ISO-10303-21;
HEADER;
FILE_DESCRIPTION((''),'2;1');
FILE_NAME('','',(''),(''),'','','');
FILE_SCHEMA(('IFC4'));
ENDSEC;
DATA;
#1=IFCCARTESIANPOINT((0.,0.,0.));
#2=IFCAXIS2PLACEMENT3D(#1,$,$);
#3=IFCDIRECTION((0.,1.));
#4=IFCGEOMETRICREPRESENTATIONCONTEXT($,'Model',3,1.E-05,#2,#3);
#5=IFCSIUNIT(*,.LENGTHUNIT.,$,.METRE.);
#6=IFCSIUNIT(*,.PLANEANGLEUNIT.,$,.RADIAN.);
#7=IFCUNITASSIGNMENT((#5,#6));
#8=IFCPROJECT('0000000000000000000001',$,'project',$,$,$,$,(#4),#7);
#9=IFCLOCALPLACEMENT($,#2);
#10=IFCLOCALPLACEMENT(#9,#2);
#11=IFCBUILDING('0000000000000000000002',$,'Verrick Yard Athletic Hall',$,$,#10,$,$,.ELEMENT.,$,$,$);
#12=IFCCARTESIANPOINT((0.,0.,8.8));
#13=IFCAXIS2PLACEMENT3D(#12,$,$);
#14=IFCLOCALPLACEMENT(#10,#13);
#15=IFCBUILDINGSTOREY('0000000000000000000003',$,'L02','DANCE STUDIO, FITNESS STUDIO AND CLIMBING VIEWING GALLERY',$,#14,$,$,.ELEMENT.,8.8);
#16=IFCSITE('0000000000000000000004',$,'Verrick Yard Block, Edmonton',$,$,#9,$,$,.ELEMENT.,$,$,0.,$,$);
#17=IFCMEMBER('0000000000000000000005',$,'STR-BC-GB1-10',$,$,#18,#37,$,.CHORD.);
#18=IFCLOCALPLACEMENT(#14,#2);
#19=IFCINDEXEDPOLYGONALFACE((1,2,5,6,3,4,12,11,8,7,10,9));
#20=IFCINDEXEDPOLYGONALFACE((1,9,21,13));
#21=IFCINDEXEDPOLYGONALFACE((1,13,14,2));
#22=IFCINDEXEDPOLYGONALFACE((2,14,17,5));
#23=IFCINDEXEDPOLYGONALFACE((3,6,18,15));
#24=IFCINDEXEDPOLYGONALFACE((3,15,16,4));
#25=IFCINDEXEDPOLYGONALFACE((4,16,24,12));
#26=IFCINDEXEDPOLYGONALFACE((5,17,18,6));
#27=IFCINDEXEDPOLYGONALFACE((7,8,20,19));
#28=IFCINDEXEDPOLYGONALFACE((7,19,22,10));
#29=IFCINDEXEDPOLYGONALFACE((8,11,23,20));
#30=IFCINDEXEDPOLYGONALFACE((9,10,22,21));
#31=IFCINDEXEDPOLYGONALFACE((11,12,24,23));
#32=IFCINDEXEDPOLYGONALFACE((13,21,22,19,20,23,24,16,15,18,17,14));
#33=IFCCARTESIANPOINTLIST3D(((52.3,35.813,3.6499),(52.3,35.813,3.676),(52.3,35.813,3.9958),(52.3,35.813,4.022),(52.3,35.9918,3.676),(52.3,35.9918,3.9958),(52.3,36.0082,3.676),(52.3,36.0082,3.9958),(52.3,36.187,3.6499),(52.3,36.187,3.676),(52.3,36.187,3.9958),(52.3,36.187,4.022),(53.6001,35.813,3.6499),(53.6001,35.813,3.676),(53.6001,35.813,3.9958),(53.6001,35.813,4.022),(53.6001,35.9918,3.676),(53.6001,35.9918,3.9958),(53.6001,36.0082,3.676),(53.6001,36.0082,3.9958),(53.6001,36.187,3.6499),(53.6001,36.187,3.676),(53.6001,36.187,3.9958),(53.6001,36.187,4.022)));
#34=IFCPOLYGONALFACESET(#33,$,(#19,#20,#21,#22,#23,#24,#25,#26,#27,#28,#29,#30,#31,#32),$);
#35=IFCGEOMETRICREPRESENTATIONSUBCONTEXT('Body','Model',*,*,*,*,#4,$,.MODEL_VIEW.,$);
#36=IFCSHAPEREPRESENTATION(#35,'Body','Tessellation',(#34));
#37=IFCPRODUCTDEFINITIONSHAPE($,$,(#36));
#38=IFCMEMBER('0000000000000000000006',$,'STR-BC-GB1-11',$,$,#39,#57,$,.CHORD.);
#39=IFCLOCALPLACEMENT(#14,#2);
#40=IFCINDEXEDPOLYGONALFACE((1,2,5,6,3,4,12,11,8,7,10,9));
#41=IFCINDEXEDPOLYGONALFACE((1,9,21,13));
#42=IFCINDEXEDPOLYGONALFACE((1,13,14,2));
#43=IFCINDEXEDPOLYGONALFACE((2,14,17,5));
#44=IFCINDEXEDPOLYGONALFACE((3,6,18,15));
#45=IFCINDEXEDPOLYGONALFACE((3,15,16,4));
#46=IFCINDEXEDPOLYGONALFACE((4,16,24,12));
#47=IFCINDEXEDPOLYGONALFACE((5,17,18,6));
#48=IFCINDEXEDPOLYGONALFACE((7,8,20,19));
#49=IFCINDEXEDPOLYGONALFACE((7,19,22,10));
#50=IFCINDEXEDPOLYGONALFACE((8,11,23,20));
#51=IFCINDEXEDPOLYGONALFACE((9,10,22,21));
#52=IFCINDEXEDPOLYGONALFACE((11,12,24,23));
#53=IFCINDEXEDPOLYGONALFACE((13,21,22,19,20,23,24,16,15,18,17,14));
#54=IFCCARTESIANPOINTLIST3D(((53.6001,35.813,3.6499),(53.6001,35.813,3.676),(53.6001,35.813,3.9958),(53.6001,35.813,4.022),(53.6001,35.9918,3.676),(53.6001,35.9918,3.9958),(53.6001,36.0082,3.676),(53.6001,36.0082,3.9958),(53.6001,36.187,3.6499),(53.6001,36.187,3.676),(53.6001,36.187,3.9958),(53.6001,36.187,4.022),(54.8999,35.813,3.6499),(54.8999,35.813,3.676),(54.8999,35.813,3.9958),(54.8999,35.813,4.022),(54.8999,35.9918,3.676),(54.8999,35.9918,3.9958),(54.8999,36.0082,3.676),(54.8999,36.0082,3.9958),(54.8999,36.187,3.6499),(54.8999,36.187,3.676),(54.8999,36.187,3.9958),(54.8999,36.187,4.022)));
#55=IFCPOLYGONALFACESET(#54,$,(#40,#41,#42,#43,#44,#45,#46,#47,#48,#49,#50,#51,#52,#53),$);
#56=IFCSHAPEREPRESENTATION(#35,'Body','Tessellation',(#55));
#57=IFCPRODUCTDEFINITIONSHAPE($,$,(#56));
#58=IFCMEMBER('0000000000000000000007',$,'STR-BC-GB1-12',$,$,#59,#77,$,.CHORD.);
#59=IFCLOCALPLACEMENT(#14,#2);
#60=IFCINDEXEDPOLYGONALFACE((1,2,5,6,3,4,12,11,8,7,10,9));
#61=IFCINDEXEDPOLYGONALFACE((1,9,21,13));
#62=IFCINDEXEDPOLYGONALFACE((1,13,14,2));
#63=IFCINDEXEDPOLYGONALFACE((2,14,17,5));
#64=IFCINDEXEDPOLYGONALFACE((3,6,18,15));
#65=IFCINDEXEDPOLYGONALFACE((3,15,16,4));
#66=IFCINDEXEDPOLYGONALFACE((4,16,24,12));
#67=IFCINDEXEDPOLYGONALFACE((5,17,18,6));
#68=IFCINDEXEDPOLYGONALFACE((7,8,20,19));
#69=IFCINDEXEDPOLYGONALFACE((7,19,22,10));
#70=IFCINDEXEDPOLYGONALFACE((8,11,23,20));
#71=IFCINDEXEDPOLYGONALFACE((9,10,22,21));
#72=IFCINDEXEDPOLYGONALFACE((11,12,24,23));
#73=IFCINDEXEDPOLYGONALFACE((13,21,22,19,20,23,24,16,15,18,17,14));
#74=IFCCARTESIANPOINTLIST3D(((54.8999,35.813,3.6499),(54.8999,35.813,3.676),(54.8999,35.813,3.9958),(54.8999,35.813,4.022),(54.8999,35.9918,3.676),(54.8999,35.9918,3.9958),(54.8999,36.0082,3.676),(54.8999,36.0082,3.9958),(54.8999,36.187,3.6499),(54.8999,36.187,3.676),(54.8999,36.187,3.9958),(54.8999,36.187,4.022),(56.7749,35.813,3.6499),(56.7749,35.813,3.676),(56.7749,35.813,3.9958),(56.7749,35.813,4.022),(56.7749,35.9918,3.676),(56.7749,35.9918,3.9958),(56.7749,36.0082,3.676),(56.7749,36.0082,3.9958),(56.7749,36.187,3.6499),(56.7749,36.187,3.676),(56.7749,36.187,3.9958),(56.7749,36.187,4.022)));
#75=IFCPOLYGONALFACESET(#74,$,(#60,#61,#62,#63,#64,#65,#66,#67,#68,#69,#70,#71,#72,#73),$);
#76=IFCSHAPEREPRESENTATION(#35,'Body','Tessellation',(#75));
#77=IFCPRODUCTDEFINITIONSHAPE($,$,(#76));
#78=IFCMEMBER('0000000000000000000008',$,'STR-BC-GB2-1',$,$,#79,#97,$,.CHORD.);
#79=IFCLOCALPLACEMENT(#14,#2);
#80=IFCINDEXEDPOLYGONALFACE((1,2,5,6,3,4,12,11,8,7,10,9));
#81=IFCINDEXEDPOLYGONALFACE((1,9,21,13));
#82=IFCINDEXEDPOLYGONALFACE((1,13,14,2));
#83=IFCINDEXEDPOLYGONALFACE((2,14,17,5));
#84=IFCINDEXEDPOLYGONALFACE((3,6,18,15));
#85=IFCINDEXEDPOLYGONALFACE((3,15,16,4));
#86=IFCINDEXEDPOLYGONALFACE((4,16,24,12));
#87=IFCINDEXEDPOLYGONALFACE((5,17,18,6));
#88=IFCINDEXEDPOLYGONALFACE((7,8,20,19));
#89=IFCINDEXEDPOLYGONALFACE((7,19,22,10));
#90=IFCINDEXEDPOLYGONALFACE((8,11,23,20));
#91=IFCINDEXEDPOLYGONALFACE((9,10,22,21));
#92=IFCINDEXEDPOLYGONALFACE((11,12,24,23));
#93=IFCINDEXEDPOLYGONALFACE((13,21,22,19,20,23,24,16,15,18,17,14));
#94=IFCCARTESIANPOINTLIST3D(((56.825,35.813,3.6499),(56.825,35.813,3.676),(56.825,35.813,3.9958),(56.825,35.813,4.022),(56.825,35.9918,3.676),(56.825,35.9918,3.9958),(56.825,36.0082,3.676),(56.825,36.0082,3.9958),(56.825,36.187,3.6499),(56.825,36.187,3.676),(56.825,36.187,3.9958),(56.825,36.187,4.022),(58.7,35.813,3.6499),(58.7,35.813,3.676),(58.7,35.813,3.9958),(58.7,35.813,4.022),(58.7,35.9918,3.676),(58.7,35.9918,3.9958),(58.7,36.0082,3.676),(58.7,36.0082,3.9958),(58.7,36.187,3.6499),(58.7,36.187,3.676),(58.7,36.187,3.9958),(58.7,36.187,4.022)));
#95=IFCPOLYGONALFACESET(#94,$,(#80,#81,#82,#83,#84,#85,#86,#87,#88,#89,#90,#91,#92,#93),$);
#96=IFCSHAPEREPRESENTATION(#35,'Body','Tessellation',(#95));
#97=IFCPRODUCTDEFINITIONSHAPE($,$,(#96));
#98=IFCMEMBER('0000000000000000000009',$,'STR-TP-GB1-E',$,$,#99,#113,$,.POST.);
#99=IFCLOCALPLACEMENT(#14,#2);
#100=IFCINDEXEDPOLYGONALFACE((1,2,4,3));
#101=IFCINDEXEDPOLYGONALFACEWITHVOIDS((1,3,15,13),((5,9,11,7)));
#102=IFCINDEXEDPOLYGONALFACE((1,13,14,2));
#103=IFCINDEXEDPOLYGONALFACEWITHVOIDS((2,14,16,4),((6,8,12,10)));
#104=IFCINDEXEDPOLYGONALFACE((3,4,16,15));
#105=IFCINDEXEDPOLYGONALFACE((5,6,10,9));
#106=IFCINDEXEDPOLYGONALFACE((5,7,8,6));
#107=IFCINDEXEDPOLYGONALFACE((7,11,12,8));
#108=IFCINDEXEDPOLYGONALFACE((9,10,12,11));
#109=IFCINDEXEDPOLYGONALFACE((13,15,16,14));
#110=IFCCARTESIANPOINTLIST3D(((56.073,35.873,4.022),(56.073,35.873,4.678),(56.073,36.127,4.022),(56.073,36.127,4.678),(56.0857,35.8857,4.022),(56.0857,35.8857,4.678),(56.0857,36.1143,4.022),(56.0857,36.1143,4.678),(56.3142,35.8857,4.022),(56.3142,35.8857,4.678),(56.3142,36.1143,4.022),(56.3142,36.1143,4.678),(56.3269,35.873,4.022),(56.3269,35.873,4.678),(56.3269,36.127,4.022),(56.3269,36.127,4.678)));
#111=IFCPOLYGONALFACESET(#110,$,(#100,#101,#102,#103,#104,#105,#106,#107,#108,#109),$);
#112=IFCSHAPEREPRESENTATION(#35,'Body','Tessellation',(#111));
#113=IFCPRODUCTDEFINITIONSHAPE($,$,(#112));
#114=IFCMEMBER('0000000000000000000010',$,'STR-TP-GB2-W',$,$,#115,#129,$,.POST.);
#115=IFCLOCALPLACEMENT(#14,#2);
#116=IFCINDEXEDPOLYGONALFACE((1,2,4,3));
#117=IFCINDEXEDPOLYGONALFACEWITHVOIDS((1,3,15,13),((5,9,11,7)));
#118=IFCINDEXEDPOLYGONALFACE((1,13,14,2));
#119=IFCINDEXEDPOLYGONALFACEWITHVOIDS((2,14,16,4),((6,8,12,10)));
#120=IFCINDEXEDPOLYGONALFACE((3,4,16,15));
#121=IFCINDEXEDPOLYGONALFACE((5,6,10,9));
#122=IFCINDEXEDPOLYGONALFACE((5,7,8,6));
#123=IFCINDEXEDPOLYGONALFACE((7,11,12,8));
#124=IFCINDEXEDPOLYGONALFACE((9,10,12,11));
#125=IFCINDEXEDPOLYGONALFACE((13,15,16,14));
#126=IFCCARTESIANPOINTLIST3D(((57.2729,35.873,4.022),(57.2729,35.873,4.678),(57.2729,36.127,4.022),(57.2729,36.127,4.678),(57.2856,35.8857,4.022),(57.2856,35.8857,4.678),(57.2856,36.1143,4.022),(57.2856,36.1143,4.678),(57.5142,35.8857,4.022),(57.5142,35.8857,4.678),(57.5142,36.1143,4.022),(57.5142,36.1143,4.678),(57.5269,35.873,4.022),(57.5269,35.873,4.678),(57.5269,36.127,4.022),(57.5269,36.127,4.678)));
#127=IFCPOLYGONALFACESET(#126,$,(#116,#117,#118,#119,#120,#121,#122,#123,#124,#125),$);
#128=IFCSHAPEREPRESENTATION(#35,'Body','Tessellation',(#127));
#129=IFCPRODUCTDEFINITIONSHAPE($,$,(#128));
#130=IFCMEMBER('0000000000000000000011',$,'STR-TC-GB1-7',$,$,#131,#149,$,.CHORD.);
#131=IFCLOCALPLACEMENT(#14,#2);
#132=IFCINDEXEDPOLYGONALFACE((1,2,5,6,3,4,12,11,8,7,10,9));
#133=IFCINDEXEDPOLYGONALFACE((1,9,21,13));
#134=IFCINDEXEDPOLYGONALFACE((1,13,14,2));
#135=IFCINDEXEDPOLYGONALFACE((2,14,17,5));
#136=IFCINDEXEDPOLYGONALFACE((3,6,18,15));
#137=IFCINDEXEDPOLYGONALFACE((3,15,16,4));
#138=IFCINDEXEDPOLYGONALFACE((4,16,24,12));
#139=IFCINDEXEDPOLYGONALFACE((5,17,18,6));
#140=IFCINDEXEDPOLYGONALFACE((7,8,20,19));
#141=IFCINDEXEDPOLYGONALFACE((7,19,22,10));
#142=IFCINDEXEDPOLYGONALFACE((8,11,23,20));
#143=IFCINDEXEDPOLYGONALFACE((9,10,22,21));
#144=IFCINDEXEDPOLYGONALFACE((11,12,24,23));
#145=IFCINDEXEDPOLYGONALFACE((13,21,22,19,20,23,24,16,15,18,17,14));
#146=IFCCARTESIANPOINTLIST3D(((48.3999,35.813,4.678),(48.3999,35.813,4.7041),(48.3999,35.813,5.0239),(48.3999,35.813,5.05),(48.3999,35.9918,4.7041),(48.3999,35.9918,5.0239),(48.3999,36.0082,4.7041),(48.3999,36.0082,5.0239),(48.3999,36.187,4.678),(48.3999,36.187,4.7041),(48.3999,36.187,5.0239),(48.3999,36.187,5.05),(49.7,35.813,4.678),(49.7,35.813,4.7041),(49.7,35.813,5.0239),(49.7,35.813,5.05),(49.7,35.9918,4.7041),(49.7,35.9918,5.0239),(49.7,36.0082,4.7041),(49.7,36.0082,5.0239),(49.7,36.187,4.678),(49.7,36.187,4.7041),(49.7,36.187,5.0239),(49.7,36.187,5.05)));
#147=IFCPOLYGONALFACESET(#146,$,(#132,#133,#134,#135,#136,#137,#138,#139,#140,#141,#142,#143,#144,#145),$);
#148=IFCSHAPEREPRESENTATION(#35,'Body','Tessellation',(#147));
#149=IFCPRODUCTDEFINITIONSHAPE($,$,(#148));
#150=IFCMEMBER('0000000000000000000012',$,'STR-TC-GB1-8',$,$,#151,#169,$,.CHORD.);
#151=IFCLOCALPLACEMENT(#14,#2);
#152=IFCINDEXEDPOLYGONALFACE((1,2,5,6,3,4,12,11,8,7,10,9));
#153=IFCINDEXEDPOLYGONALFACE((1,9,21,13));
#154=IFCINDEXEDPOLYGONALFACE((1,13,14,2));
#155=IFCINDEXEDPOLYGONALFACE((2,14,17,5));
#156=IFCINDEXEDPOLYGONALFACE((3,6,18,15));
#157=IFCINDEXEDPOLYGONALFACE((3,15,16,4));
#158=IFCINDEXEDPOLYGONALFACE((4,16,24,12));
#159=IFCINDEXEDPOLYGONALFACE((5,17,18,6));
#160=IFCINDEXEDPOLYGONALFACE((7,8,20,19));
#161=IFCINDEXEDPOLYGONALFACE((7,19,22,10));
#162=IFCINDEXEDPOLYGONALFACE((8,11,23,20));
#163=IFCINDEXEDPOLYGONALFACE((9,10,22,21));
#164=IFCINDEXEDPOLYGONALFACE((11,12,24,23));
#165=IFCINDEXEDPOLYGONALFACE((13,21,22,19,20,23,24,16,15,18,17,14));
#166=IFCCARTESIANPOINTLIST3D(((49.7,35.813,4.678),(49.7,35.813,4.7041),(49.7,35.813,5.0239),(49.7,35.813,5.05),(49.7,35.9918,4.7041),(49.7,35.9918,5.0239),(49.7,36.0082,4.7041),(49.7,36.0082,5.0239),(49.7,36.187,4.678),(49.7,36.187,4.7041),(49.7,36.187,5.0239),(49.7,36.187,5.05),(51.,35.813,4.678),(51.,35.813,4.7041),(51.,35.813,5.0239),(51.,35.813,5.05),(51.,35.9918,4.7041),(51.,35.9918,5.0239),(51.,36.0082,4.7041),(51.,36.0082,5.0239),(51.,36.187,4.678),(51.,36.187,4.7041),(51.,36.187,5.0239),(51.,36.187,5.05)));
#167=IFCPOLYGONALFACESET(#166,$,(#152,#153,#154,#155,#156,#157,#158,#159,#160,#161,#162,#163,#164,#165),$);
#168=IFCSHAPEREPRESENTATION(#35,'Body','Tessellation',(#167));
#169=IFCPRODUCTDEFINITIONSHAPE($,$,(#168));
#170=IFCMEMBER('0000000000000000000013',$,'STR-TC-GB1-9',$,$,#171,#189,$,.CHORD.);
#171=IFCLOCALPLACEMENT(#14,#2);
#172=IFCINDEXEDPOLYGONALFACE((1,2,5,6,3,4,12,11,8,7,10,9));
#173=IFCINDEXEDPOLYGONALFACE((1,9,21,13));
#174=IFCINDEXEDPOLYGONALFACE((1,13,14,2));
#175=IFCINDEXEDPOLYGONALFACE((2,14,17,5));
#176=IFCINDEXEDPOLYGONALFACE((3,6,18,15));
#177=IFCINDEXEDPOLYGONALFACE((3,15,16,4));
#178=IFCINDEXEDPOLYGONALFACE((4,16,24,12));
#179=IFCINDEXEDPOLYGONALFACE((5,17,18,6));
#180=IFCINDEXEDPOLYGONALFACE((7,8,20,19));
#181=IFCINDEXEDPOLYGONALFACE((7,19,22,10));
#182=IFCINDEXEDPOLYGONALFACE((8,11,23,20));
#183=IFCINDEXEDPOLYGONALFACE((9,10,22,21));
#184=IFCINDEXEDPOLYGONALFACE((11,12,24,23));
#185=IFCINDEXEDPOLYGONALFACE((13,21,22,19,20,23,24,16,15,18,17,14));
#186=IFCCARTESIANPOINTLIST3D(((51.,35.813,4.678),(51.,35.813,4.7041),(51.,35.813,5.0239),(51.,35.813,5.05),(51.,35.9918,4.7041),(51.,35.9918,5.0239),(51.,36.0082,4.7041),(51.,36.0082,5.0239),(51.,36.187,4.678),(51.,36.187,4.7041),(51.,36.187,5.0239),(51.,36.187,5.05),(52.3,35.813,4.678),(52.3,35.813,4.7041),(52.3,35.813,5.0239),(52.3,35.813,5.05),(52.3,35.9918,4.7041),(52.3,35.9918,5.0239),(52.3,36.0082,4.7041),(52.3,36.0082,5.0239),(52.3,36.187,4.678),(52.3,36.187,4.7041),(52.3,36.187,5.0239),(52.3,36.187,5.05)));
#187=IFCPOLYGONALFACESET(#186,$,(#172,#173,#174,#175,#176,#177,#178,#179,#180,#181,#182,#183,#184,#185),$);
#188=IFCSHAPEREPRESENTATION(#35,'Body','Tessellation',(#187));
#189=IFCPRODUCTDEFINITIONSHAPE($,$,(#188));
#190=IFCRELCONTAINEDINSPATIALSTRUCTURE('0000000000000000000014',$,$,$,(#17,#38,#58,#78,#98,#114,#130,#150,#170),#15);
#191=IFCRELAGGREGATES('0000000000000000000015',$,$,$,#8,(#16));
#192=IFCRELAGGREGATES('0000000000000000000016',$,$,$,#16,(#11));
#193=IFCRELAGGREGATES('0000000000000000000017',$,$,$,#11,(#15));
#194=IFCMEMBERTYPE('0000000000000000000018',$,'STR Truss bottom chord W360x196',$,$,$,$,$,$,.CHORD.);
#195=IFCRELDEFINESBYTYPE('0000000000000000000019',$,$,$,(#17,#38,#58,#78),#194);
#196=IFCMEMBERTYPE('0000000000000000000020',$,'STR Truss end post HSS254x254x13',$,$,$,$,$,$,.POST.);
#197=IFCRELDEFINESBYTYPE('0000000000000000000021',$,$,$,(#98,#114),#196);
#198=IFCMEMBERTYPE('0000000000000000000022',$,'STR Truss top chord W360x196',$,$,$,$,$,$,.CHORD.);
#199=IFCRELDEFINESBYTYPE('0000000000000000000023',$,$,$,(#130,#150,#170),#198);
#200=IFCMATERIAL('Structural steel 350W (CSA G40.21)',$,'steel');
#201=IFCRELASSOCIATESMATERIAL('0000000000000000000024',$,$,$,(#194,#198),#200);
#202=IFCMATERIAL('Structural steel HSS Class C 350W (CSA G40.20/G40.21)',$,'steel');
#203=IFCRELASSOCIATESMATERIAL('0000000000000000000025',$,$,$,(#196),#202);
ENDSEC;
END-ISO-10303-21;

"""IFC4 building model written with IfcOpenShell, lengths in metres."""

from ifc_helpers import new_model, si_unit, direction, frame, origin, origin_2d, place, context, subcontext, project, spatial, hollow_rectangle, i_section, extrude, material, material_profile, profile_set, type_object, element, save


model = new_model("IFC4")

# Units and contexts
model_context = context("Model", 3, precision=1e-05, world=origin(), true_north=direction((0.0, 1.0)))
body_context = subcontext(model_context, "Body", "Model", "MODEL_VIEW")
ifc_project = project(units=[si_unit("LENGTHUNIT", "METRE"), si_unit("PLANEANGLEUNIT", "RADIAN")], contexts=[model_context])

# Site, building, storey
site_placement = place(None, origin())
site = spatial("IfcSite", under=ifc_project, at=site_placement, Name="Verrick Yard Block, Edmonton", CompositionType="ELEMENT", RefElevation=0.0)
building_placement = place(site_placement, origin())
building = spatial("IfcBuilding", under=site, at=building_placement, Name="Verrick Yard Athletic Hall", CompositionType="ELEMENT")
storey_placement = place(building_placement, frame((0.0, 0.0, 8.8)))
storey = spatial("IfcBuildingStorey", under=building, at=storey_placement, Name="L02", Description="DANCE STUDIO, FITNESS STUDIO AND CLIMBING VIEWING GALLERY", CompositionType="ELEMENT", Elevation=8.8)

# Shared definitions
ifc_material_1 = material(Name="Structural steel 350W (CSA G40.21)", Category="steel")

# Members
ifc_material_profile_1 = material_profile(ifc_material_1, i_section(OverallWidth=0.374, OverallDepth=0.3721, WebThickness=0.0164, FlangeThickness=0.0261, at=origin_2d()), Name="W360x196")
ifc_profile_set_1 = profile_set([ifc_material_profile_1], Name="Structural steel 350W (CSA G40.21)")
member_type_1 = type_object("IfcMemberType", Name="STR Truss bottom chord W360x196", PredefinedType="CHORD", material=ifc_profile_set_1)
for number, where, z_axis, x_axis, name in (
    (1, (52.3, 36.0, 3.8359), (1.0, 0.0, 0.0), (0.0, 1.0, 0.0), "STR-BC-GB1-10"),
):
    element("IfcMember", number, at=place(storey_placement, frame(where, z_axis=z_axis, x_axis=x_axis)), inside=storey, type_object=member_type_1, Name=name, PredefinedType="CHORD", context=body_context, shape_type="SweptSolid", body=[
        extrude(i_section(OverallWidth=0.374, OverallDepth=0.3721, WebThickness=0.0164, FlangeThickness=0.0261, at=origin_2d()), origin(), (0.0, 0.0, 1.0), 1.3),
    ])
member_1_placement = place(storey_placement, frame((53.6001, 36.0, 3.8359), z_axis=(1.0, 0.0, 0.0), x_axis=(0.0, 1.0, 0.0)))
element("IfcMember", 2, at=member_1_placement, inside=storey, type_object=member_type_1, Name="STR-BC-GB1-11", PredefinedType="CHORD", context=body_context, shape_type="SweptSolid", body=[
    extrude(i_section(OverallWidth=0.374, OverallDepth=0.3721, WebThickness=0.0164, FlangeThickness=0.0261, at=origin_2d()), origin(), (0.0, 0.0, 1.0), 1.2998),
])
for number, where, z_axis, x_axis, name in (
    (3, (54.8999, 36.0, 3.8359), (1.0, 0.0, 0.0), (0.0, 1.0, 0.0), "STR-BC-GB1-12"),
    (4, (56.825, 36.0, 3.8359), (1.0, 0.0, 0.0), (0.0, 1.0, 0.0), "STR-BC-GB2-1"),
):
    element("IfcMember", number, at=place(storey_placement, frame(where, z_axis=z_axis, x_axis=x_axis)), inside=storey, type_object=member_type_1, Name=name, PredefinedType="CHORD", context=body_context, shape_type="SweptSolid", body=[
        extrude(i_section(OverallWidth=0.374, OverallDepth=0.3721, WebThickness=0.0164, FlangeThickness=0.0261, at=origin_2d()), origin(), (0.0, 0.0, 1.0), 1.875),
    ])
ifc_material_2 = material(Name="Structural steel HSS Class C 350W (CSA G40.20/G40.21)", Category="steel")
ifc_material_profile_2 = material_profile(ifc_material_2, hollow_rectangle(XDim=0.2539, YDim=0.2539, WallThickness=0.0127, at=origin_2d()), Name="HSS254x254x13")
ifc_profile_set_2 = profile_set([ifc_material_profile_2], Name="Structural steel HSS Class C 350W (CSA G40.20/G40.21)")
member_type_2 = type_object("IfcMemberType", Name="STR Truss end post HSS254x254x13", PredefinedType="POST", material=ifc_profile_set_2)
for number, where, z_axis, x_axis, name in (
    (5, (56.2, 36.0, 4.022), (0.0, 0.0, 1.0), (1.0, 0.0, 0.0), "STR-TP-GB1-E"),
    (6, (57.3999, 36.0, 4.022), (0.0, 0.0, 1.0), (1.0, 0.0, 0.0), "STR-TP-GB2-W"),
):
    element("IfcMember", number, at=place(storey_placement, frame(where, z_axis=z_axis, x_axis=x_axis)), inside=storey, type_object=member_type_2, Name=name, PredefinedType="POST", context=body_context, shape_type="SweptSolid", body=[
        extrude(hollow_rectangle(XDim=0.2539, YDim=0.2539, WallThickness=0.0127, at=origin_2d()), origin(), (0.0, 0.0, 1.0), 0.656),
    ])
ifc_material_profile_3 = material_profile(ifc_material_1, i_section(OverallWidth=0.374, OverallDepth=0.3721, WebThickness=0.0164, FlangeThickness=0.0261, at=origin_2d()), Name="W360x196")
ifc_profile_set_3 = profile_set([ifc_material_profile_3], Name="Structural steel 350W (CSA G40.21)")
member_type_3 = type_object("IfcMemberType", Name="STR Truss top chord W360x196", PredefinedType="CHORD", material=ifc_profile_set_3)
for number, where, z_axis, x_axis, name in (
    (7, (48.3999, 36.0, 4.864), (1.0, 0.0, 0.0), (0.0, 1.0, 0.0), "STR-TC-GB1-7"),
    (8, (49.7, 36.0, 4.864), (1.0, 0.0, 0.0), (0.0, 1.0, 0.0), "STR-TC-GB1-8"),
    (9, (51.0, 36.0, 4.864), (1.0, 0.0, 0.0), (0.0, 1.0, 0.0), "STR-TC-GB1-9"),
):
    element("IfcMember", number, at=place(storey_placement, frame(where, z_axis=z_axis, x_axis=x_axis)), inside=storey, type_object=member_type_3, Name=name, PredefinedType="CHORD", context=body_context, shape_type="SweptSolid", body=[
        extrude(i_section(OverallWidth=0.374, OverallDepth=0.3721, WebThickness=0.0164, FlangeThickness=0.0261, at=origin_2d()), origin(), (0.0, 0.0, 1.0), 1.3),
    ])

save(model, "model.ifc")
